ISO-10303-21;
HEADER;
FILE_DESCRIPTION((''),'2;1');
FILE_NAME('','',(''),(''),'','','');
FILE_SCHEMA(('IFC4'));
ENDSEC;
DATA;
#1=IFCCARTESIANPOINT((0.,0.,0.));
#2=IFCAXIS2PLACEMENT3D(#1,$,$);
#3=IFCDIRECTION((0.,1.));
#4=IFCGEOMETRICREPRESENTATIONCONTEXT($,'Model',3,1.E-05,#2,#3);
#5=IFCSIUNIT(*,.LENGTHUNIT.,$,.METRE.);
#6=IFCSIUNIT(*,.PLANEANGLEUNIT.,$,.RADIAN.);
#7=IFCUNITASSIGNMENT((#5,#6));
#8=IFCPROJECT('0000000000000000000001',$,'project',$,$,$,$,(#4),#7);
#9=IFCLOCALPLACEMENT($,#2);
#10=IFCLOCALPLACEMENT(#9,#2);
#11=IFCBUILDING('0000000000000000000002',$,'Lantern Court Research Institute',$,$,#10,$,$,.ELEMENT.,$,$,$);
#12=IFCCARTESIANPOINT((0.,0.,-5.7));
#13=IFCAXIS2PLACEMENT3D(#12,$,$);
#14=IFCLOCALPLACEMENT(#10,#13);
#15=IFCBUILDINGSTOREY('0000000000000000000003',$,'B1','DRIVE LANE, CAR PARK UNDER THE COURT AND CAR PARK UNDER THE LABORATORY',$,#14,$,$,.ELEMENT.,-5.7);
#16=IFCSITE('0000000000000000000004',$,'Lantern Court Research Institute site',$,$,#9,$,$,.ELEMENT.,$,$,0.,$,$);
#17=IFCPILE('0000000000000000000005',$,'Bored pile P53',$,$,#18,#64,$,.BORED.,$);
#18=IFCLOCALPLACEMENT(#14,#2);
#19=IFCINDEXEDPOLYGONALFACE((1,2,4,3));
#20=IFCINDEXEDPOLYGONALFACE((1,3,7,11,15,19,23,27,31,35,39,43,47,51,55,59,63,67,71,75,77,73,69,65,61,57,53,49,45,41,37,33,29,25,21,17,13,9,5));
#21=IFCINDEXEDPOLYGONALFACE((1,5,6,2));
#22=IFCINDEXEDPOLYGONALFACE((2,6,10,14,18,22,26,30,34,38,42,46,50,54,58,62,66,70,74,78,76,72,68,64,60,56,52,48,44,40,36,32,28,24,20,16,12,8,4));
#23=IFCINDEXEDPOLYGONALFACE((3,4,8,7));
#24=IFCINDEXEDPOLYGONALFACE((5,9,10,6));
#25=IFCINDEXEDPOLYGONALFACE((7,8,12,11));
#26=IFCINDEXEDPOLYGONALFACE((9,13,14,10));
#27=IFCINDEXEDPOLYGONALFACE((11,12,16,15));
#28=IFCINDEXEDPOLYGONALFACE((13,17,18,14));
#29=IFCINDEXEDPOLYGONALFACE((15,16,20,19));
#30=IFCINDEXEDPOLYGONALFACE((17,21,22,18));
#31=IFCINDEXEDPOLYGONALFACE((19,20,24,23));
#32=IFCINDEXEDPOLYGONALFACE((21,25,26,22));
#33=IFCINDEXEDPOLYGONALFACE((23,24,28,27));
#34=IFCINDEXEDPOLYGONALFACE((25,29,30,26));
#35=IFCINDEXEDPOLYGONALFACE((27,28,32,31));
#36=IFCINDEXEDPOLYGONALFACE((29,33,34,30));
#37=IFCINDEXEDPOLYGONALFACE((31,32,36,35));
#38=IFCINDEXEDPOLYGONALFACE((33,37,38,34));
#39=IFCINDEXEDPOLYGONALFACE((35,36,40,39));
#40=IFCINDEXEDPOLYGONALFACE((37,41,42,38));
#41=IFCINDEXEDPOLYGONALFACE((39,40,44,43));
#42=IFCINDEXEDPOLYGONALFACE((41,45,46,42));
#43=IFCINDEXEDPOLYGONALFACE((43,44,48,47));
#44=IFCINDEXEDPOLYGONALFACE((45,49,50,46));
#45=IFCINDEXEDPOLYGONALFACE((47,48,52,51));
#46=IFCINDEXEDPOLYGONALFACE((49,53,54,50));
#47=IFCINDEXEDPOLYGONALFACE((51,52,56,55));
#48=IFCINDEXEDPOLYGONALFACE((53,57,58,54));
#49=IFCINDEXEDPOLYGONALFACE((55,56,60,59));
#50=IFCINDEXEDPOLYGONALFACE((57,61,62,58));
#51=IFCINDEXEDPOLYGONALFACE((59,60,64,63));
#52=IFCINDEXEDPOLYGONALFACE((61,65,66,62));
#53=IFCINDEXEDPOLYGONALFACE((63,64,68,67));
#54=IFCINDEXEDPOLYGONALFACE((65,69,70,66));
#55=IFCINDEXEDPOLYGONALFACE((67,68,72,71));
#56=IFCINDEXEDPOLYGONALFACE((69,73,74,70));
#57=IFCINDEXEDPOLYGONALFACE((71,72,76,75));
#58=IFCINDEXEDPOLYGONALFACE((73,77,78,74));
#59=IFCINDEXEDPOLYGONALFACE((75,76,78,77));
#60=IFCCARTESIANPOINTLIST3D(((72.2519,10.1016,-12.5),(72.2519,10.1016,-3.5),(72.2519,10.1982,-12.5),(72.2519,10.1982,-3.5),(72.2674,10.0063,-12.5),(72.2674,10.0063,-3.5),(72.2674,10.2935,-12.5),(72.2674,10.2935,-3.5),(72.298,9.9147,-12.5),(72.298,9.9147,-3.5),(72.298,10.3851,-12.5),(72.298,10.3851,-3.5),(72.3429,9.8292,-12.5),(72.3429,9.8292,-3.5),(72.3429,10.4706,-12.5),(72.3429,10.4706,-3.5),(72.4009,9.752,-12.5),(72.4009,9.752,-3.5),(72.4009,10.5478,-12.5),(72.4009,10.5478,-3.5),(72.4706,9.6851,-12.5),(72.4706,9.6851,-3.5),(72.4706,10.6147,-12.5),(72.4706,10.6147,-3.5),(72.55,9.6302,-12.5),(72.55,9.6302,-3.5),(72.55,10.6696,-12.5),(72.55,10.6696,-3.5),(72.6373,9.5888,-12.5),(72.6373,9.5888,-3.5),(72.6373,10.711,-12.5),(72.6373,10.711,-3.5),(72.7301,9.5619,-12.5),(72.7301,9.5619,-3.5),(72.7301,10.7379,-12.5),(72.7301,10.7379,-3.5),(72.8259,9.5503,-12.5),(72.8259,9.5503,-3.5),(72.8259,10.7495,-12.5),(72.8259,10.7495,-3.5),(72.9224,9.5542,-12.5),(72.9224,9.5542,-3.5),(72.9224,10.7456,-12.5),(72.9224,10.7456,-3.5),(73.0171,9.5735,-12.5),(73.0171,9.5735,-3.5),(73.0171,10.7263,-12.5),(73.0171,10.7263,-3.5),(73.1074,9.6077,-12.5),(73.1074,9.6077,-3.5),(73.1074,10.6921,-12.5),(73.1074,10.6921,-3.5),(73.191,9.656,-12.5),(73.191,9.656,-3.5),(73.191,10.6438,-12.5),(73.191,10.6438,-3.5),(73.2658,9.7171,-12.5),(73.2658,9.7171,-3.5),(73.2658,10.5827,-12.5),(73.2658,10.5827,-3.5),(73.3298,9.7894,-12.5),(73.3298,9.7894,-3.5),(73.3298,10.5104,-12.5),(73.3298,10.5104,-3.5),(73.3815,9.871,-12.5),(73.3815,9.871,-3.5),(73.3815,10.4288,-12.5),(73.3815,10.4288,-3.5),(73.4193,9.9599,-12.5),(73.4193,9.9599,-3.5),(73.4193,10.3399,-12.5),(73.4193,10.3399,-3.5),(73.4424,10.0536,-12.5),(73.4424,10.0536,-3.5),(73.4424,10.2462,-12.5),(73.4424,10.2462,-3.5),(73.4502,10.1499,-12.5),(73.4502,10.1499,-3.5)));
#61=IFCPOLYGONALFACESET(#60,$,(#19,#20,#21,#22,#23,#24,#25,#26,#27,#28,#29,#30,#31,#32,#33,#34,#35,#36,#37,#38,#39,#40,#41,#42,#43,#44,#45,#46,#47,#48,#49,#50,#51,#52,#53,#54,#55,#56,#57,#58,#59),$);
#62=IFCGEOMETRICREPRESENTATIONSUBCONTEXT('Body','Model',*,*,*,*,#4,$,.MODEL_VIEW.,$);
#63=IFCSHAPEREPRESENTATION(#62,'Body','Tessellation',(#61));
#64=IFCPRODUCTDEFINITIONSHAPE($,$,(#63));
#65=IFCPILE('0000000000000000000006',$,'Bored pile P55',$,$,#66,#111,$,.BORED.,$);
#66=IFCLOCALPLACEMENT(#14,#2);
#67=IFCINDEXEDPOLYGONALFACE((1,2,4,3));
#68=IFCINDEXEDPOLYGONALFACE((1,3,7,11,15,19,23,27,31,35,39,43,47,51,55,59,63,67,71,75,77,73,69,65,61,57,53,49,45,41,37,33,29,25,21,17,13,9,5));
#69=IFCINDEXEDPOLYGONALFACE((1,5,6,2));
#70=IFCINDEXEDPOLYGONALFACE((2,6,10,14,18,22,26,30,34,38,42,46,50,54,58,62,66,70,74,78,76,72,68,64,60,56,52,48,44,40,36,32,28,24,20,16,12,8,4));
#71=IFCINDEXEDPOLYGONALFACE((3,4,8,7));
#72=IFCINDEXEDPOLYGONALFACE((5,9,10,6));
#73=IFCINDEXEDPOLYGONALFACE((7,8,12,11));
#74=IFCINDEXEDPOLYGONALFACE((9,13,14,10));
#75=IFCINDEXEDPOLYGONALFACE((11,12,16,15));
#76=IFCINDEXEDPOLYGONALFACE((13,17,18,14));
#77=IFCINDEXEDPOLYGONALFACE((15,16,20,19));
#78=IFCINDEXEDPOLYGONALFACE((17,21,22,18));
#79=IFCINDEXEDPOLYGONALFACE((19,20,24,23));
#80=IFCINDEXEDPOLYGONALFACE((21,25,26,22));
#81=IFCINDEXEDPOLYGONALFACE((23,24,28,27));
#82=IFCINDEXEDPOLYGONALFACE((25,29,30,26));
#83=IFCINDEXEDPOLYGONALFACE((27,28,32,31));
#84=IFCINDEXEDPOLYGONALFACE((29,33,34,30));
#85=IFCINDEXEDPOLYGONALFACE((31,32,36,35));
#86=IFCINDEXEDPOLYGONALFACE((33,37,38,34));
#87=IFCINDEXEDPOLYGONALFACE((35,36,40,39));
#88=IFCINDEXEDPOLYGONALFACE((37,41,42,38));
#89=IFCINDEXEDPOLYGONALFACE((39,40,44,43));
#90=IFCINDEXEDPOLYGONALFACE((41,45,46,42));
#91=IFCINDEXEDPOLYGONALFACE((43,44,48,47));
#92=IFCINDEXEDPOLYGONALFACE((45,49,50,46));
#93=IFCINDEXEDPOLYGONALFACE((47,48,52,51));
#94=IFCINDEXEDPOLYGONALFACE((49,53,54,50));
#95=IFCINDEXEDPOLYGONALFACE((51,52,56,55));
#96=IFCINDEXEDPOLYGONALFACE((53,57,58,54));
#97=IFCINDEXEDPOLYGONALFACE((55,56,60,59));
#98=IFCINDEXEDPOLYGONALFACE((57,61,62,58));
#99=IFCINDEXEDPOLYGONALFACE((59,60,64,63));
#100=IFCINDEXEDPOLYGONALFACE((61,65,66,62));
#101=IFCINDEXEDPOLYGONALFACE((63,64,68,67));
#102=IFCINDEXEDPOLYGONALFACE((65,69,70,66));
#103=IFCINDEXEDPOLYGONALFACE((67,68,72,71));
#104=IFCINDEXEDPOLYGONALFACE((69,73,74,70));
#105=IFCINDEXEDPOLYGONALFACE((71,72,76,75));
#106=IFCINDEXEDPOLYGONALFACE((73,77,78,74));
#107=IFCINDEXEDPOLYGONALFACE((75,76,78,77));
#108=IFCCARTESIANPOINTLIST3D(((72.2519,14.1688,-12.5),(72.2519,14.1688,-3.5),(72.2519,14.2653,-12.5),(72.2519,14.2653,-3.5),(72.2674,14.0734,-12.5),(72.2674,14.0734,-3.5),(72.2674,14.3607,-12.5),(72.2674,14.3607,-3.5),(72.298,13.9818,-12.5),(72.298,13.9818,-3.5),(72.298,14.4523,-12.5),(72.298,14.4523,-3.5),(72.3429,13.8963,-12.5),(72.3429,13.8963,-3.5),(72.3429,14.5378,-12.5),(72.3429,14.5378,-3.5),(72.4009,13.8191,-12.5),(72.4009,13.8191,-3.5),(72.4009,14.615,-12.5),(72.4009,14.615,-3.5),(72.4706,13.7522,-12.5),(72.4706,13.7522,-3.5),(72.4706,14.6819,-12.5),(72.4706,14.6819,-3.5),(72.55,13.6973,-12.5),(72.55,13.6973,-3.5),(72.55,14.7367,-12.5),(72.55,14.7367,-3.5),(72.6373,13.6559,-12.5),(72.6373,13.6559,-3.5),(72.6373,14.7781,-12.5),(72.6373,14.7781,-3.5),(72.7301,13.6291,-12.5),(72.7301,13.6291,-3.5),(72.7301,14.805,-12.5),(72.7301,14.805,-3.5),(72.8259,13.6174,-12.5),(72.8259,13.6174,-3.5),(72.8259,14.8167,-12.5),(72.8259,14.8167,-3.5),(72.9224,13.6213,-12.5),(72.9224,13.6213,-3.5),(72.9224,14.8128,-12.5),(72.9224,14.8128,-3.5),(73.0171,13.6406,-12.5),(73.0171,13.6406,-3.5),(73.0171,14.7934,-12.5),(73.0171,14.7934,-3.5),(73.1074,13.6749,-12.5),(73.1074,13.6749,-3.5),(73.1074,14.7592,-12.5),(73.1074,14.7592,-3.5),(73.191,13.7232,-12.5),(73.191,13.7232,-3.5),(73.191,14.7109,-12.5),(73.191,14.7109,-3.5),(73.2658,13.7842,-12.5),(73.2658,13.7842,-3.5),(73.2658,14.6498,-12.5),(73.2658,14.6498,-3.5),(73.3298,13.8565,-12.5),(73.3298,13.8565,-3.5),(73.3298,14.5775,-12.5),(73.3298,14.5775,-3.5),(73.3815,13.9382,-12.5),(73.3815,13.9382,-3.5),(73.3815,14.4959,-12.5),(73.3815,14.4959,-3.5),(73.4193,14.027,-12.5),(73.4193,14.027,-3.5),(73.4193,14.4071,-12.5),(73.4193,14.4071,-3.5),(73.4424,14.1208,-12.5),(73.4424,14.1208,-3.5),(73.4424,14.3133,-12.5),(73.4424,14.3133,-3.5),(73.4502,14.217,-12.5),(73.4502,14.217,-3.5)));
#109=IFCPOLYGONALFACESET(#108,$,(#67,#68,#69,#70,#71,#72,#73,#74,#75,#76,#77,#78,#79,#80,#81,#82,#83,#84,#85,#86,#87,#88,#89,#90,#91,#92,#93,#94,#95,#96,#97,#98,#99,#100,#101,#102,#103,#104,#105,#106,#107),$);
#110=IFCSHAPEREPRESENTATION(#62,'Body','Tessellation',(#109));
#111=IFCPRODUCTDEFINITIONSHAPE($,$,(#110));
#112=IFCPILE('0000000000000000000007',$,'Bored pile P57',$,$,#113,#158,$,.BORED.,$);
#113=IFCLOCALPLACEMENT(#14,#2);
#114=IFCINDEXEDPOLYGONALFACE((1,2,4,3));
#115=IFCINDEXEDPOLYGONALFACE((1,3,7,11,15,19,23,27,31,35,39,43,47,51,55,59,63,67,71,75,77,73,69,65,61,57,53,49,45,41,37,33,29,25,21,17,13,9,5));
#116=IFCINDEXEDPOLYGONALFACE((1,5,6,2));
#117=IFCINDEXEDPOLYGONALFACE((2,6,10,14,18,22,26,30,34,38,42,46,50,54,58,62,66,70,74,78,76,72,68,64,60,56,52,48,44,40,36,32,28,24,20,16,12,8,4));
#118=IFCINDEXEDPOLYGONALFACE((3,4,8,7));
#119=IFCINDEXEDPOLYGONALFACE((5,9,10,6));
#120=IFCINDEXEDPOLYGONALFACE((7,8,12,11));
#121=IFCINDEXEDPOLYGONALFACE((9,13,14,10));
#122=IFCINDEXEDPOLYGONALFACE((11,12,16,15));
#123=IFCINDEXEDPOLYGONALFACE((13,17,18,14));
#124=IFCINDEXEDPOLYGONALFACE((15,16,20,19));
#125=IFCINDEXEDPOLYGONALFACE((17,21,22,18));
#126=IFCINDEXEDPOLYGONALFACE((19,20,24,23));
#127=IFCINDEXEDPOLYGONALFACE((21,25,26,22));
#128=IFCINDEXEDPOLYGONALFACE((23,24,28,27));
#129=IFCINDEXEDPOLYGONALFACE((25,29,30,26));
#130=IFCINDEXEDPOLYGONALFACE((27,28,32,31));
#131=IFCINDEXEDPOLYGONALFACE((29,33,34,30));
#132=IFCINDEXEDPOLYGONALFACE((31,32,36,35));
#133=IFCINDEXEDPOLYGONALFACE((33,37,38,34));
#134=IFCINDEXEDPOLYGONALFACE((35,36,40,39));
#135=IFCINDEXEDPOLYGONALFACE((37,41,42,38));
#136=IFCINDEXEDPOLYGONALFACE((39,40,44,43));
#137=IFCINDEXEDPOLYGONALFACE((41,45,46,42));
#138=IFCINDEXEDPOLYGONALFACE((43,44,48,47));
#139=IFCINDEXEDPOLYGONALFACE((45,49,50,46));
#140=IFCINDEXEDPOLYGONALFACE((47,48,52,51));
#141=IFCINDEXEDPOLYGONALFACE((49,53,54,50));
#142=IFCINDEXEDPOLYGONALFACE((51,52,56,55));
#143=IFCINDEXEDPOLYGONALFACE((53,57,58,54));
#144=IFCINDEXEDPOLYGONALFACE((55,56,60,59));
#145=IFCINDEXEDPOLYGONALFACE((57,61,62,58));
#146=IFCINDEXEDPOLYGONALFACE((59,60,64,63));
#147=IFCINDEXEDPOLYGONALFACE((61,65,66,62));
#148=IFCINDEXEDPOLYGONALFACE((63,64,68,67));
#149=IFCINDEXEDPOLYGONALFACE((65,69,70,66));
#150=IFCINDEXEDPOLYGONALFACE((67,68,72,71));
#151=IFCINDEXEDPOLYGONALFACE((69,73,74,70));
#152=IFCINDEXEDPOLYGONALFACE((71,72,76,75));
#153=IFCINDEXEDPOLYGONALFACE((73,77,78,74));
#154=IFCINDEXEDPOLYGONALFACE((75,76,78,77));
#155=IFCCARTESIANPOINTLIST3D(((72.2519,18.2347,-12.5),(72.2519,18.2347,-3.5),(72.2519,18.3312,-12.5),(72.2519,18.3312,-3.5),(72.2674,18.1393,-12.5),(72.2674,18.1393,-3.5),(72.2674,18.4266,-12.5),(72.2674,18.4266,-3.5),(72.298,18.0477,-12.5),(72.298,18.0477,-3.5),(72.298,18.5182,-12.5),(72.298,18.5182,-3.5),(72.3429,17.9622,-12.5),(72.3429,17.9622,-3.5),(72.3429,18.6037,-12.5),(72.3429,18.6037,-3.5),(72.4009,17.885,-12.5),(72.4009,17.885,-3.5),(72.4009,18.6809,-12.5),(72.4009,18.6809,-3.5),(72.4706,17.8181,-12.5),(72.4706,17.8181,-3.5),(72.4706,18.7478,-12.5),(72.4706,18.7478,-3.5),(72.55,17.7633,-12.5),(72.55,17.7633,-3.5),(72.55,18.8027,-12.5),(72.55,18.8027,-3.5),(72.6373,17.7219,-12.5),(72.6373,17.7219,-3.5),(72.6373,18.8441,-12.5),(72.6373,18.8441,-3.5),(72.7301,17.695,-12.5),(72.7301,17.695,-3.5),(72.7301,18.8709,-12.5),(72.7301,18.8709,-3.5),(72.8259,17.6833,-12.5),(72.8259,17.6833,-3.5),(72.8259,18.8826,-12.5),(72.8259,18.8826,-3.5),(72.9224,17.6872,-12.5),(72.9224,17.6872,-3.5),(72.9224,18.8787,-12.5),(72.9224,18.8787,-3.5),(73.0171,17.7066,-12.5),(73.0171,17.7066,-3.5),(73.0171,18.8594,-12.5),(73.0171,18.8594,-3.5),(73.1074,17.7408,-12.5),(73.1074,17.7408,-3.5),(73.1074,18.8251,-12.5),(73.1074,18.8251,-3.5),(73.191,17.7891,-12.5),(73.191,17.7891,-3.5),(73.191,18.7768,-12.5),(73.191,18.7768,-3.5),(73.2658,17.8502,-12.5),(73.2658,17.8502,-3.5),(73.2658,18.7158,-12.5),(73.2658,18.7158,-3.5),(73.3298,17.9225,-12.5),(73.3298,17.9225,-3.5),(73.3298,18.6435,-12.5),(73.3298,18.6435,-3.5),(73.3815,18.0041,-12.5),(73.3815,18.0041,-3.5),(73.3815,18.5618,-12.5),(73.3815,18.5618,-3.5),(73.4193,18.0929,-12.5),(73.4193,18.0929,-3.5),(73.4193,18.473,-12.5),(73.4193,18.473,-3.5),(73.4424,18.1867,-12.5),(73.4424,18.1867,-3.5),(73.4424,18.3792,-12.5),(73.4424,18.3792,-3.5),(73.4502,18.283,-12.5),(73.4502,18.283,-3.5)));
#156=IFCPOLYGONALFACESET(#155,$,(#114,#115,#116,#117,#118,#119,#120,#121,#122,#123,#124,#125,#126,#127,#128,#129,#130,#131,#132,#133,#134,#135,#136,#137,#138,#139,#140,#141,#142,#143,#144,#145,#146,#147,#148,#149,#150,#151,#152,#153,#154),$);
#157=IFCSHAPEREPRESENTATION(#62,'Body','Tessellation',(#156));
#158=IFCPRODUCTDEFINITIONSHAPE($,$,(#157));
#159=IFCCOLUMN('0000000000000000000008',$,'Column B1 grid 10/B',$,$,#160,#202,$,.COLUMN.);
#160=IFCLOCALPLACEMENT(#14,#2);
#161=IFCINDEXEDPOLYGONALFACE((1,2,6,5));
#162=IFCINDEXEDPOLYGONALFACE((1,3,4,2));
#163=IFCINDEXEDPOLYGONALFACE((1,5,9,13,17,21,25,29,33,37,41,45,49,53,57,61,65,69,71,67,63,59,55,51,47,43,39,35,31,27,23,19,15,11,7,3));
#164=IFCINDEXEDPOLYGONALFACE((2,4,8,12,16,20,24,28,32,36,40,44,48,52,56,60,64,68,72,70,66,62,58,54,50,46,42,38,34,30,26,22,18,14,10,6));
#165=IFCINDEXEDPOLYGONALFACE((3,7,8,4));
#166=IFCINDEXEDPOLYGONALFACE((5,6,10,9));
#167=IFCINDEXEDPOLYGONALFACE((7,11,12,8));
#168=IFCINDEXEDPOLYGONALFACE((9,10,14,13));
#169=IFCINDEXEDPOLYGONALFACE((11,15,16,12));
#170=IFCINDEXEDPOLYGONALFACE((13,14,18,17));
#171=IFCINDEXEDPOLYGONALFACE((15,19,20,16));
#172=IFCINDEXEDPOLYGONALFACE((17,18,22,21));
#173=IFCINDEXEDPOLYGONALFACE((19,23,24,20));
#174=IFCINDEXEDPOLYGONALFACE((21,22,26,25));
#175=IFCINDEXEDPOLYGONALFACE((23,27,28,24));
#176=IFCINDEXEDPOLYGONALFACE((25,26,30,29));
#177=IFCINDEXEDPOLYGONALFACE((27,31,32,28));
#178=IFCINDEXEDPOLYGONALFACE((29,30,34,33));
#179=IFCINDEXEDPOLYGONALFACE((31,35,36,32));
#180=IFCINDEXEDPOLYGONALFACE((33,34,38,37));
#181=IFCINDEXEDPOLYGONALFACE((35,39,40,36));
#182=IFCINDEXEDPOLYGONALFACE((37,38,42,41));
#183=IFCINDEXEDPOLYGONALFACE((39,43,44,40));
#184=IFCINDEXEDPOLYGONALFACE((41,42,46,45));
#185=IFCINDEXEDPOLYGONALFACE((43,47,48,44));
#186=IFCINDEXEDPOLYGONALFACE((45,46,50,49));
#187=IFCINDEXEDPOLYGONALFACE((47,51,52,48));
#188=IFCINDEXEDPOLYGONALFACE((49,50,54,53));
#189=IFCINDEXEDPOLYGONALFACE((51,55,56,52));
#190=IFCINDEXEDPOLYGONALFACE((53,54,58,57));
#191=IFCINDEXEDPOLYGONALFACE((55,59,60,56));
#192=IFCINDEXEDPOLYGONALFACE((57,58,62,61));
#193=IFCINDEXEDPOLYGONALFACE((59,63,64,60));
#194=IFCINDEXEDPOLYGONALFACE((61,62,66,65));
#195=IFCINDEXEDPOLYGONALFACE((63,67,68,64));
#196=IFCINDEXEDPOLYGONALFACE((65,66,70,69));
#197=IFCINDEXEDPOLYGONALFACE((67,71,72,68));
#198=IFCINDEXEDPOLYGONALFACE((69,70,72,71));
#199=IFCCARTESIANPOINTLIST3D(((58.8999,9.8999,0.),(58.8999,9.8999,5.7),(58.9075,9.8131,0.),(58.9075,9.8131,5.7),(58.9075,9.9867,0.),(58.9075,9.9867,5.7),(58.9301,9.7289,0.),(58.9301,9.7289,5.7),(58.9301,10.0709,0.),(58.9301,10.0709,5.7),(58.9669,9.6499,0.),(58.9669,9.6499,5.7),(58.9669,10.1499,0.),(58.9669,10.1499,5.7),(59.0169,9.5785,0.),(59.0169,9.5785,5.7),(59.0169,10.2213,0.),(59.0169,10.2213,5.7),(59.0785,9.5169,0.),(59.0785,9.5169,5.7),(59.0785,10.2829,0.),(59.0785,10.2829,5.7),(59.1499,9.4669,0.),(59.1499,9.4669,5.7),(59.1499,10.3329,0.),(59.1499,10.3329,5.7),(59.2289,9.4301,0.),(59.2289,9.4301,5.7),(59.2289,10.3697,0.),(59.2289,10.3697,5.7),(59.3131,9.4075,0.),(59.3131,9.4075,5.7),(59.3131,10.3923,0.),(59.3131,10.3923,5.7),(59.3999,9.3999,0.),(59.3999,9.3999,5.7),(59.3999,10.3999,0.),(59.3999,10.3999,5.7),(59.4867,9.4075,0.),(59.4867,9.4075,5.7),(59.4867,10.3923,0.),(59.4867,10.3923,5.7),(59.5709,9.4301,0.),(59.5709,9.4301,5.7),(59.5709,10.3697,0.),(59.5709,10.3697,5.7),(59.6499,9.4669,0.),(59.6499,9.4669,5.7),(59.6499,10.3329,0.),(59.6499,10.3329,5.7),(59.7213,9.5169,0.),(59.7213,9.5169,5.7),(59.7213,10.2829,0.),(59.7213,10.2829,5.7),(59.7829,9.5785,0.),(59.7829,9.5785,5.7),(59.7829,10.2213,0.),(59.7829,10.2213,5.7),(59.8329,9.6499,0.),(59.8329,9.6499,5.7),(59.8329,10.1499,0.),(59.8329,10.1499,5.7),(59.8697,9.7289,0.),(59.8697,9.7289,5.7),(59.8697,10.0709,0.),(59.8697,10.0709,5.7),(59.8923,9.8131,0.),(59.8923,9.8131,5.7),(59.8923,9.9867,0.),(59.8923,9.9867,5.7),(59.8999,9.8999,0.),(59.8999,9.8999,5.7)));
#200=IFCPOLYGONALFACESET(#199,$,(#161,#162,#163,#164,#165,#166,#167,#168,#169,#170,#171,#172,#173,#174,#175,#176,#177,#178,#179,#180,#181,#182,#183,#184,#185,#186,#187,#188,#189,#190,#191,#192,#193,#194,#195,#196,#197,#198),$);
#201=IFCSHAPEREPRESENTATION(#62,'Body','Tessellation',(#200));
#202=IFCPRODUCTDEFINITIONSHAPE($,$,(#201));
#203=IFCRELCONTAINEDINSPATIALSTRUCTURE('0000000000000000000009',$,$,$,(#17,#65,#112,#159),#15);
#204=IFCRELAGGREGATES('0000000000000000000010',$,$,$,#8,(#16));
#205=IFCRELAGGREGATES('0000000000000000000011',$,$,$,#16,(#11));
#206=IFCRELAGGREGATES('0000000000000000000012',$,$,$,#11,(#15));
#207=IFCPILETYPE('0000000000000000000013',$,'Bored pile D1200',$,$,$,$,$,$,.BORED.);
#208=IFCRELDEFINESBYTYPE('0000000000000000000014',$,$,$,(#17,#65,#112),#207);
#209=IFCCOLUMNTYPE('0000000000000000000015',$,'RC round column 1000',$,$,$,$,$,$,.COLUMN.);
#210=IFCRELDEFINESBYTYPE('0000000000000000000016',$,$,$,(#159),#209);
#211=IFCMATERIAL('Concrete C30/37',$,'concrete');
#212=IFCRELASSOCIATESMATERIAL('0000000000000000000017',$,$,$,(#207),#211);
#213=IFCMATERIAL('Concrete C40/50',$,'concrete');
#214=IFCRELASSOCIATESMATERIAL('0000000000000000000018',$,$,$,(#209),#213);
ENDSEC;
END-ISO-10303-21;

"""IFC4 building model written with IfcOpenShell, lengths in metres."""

from ifc_helpers import new_model, si_unit, direction, frame, origin, origin_2d, place, context, subcontext, project, spatial, circle, extrude, material, material_profile, profile_set, type_object, element, save


model = new_model("IFC4")

# Units and contexts
model_context = context("Model", 3, precision=1e-05, world=origin(), true_north=direction((0.0, 1.0)))
body_context = subcontext(model_context, "Body", "Model", "MODEL_VIEW")
ifc_project = project(units=[si_unit("LENGTHUNIT", "METRE"), si_unit("PLANEANGLEUNIT", "RADIAN")], contexts=[model_context])

# Site, building, storey
site_placement = place(None, origin())
site = spatial("IfcSite", under=ifc_project, at=site_placement, Name="Lantern Court Research Institute site", CompositionType="ELEMENT", RefElevation=0.0)
building_placement = place(site_placement, origin())
building = spatial("IfcBuilding", under=site, at=building_placement, Name="Lantern Court Research Institute", CompositionType="ELEMENT")
storey_placement = place(building_placement, frame((0.0, 0.0, -5.7)))
storey = spatial("IfcBuildingStorey", under=building, at=storey_placement, Name="B1", Description="DRIVE LANE, CAR PARK UNDER THE COURT AND CAR PARK UNDER THE LABORATORY", CompositionType="ELEMENT", Elevation=-5.7)

# Piles
ifc_material_1 = material(Name="Concrete C30/37", Category="concrete")
ifc_material_profile_1 = material_profile(ifc_material_1, circle(Radius=0.6001, at=origin_2d()), Name="Bored pile D1200")
ifc_profile_set_1 = profile_set([ifc_material_profile_1], Name="Concrete C30/37")
pile_type = type_object("IfcPileType", Name="Bored pile D1200", PredefinedType="BORED", material=ifc_profile_set_1)
for number, where, z_axis, x_axis, name in (
    (1, (72.8501, 10.1499, -3.5), (0.0, 0.0, -1.0), (1.0, 0.0, 0.0), "Bored pile P53"),
    (2, (72.8501, 14.217, -3.5), (0.0, 0.0, -1.0), (1.0, 0.0, 0.0), "Bored pile P55"),
    (3, (72.8501, 18.283, -3.5), (0.0, 0.0, -1.0), (1.0, 0.0, 0.0), "Bored pile P57"),
):
    element("IfcPile", number, at=place(storey_placement, frame(where, z_axis=z_axis, x_axis=x_axis)), inside=storey, type_object=pile_type, Name=name, PredefinedType="BORED", context=body_context, shape_type="SweptSolid", body=[
        extrude(circle(Radius=0.6001, at=origin_2d()), origin(), (0.0, 0.0, 1.0), 9.0),
    ])

# Column
ifc_material_2 = material(Name="Concrete C40/50", Category="concrete")
ifc_material_profile_2 = material_profile(ifc_material_2, circle(Radius=0.5, at=origin_2d()), Name="RC round column 1000")
ifc_profile_set_2 = profile_set([ifc_material_profile_2], Name="Concrete C40/50")
column_type = type_object("IfcColumnType", Name="RC round column 1000", PredefinedType="COLUMN", material=ifc_profile_set_2)
for number, where, z_axis, x_axis, name in (
    (4, (59.3999, 9.8999, 0.0), (0.0, 0.0, 1.0), (1.0, 0.0, 0.0), "Column B1 grid 10/B"),
):
    element("IfcColumn", number, at=place(storey_placement, frame(where, z_axis=z_axis, x_axis=x_axis)), inside=storey, type_object=column_type, Name=name, PredefinedType="COLUMN", context=body_context, shape_type="SweptSolid", body=[
        extrude(circle(Radius=0.5, at=origin_2d()), origin(), (0.0, 0.0, 1.0), 5.7),
    ])

save(model, "model.ifc")
